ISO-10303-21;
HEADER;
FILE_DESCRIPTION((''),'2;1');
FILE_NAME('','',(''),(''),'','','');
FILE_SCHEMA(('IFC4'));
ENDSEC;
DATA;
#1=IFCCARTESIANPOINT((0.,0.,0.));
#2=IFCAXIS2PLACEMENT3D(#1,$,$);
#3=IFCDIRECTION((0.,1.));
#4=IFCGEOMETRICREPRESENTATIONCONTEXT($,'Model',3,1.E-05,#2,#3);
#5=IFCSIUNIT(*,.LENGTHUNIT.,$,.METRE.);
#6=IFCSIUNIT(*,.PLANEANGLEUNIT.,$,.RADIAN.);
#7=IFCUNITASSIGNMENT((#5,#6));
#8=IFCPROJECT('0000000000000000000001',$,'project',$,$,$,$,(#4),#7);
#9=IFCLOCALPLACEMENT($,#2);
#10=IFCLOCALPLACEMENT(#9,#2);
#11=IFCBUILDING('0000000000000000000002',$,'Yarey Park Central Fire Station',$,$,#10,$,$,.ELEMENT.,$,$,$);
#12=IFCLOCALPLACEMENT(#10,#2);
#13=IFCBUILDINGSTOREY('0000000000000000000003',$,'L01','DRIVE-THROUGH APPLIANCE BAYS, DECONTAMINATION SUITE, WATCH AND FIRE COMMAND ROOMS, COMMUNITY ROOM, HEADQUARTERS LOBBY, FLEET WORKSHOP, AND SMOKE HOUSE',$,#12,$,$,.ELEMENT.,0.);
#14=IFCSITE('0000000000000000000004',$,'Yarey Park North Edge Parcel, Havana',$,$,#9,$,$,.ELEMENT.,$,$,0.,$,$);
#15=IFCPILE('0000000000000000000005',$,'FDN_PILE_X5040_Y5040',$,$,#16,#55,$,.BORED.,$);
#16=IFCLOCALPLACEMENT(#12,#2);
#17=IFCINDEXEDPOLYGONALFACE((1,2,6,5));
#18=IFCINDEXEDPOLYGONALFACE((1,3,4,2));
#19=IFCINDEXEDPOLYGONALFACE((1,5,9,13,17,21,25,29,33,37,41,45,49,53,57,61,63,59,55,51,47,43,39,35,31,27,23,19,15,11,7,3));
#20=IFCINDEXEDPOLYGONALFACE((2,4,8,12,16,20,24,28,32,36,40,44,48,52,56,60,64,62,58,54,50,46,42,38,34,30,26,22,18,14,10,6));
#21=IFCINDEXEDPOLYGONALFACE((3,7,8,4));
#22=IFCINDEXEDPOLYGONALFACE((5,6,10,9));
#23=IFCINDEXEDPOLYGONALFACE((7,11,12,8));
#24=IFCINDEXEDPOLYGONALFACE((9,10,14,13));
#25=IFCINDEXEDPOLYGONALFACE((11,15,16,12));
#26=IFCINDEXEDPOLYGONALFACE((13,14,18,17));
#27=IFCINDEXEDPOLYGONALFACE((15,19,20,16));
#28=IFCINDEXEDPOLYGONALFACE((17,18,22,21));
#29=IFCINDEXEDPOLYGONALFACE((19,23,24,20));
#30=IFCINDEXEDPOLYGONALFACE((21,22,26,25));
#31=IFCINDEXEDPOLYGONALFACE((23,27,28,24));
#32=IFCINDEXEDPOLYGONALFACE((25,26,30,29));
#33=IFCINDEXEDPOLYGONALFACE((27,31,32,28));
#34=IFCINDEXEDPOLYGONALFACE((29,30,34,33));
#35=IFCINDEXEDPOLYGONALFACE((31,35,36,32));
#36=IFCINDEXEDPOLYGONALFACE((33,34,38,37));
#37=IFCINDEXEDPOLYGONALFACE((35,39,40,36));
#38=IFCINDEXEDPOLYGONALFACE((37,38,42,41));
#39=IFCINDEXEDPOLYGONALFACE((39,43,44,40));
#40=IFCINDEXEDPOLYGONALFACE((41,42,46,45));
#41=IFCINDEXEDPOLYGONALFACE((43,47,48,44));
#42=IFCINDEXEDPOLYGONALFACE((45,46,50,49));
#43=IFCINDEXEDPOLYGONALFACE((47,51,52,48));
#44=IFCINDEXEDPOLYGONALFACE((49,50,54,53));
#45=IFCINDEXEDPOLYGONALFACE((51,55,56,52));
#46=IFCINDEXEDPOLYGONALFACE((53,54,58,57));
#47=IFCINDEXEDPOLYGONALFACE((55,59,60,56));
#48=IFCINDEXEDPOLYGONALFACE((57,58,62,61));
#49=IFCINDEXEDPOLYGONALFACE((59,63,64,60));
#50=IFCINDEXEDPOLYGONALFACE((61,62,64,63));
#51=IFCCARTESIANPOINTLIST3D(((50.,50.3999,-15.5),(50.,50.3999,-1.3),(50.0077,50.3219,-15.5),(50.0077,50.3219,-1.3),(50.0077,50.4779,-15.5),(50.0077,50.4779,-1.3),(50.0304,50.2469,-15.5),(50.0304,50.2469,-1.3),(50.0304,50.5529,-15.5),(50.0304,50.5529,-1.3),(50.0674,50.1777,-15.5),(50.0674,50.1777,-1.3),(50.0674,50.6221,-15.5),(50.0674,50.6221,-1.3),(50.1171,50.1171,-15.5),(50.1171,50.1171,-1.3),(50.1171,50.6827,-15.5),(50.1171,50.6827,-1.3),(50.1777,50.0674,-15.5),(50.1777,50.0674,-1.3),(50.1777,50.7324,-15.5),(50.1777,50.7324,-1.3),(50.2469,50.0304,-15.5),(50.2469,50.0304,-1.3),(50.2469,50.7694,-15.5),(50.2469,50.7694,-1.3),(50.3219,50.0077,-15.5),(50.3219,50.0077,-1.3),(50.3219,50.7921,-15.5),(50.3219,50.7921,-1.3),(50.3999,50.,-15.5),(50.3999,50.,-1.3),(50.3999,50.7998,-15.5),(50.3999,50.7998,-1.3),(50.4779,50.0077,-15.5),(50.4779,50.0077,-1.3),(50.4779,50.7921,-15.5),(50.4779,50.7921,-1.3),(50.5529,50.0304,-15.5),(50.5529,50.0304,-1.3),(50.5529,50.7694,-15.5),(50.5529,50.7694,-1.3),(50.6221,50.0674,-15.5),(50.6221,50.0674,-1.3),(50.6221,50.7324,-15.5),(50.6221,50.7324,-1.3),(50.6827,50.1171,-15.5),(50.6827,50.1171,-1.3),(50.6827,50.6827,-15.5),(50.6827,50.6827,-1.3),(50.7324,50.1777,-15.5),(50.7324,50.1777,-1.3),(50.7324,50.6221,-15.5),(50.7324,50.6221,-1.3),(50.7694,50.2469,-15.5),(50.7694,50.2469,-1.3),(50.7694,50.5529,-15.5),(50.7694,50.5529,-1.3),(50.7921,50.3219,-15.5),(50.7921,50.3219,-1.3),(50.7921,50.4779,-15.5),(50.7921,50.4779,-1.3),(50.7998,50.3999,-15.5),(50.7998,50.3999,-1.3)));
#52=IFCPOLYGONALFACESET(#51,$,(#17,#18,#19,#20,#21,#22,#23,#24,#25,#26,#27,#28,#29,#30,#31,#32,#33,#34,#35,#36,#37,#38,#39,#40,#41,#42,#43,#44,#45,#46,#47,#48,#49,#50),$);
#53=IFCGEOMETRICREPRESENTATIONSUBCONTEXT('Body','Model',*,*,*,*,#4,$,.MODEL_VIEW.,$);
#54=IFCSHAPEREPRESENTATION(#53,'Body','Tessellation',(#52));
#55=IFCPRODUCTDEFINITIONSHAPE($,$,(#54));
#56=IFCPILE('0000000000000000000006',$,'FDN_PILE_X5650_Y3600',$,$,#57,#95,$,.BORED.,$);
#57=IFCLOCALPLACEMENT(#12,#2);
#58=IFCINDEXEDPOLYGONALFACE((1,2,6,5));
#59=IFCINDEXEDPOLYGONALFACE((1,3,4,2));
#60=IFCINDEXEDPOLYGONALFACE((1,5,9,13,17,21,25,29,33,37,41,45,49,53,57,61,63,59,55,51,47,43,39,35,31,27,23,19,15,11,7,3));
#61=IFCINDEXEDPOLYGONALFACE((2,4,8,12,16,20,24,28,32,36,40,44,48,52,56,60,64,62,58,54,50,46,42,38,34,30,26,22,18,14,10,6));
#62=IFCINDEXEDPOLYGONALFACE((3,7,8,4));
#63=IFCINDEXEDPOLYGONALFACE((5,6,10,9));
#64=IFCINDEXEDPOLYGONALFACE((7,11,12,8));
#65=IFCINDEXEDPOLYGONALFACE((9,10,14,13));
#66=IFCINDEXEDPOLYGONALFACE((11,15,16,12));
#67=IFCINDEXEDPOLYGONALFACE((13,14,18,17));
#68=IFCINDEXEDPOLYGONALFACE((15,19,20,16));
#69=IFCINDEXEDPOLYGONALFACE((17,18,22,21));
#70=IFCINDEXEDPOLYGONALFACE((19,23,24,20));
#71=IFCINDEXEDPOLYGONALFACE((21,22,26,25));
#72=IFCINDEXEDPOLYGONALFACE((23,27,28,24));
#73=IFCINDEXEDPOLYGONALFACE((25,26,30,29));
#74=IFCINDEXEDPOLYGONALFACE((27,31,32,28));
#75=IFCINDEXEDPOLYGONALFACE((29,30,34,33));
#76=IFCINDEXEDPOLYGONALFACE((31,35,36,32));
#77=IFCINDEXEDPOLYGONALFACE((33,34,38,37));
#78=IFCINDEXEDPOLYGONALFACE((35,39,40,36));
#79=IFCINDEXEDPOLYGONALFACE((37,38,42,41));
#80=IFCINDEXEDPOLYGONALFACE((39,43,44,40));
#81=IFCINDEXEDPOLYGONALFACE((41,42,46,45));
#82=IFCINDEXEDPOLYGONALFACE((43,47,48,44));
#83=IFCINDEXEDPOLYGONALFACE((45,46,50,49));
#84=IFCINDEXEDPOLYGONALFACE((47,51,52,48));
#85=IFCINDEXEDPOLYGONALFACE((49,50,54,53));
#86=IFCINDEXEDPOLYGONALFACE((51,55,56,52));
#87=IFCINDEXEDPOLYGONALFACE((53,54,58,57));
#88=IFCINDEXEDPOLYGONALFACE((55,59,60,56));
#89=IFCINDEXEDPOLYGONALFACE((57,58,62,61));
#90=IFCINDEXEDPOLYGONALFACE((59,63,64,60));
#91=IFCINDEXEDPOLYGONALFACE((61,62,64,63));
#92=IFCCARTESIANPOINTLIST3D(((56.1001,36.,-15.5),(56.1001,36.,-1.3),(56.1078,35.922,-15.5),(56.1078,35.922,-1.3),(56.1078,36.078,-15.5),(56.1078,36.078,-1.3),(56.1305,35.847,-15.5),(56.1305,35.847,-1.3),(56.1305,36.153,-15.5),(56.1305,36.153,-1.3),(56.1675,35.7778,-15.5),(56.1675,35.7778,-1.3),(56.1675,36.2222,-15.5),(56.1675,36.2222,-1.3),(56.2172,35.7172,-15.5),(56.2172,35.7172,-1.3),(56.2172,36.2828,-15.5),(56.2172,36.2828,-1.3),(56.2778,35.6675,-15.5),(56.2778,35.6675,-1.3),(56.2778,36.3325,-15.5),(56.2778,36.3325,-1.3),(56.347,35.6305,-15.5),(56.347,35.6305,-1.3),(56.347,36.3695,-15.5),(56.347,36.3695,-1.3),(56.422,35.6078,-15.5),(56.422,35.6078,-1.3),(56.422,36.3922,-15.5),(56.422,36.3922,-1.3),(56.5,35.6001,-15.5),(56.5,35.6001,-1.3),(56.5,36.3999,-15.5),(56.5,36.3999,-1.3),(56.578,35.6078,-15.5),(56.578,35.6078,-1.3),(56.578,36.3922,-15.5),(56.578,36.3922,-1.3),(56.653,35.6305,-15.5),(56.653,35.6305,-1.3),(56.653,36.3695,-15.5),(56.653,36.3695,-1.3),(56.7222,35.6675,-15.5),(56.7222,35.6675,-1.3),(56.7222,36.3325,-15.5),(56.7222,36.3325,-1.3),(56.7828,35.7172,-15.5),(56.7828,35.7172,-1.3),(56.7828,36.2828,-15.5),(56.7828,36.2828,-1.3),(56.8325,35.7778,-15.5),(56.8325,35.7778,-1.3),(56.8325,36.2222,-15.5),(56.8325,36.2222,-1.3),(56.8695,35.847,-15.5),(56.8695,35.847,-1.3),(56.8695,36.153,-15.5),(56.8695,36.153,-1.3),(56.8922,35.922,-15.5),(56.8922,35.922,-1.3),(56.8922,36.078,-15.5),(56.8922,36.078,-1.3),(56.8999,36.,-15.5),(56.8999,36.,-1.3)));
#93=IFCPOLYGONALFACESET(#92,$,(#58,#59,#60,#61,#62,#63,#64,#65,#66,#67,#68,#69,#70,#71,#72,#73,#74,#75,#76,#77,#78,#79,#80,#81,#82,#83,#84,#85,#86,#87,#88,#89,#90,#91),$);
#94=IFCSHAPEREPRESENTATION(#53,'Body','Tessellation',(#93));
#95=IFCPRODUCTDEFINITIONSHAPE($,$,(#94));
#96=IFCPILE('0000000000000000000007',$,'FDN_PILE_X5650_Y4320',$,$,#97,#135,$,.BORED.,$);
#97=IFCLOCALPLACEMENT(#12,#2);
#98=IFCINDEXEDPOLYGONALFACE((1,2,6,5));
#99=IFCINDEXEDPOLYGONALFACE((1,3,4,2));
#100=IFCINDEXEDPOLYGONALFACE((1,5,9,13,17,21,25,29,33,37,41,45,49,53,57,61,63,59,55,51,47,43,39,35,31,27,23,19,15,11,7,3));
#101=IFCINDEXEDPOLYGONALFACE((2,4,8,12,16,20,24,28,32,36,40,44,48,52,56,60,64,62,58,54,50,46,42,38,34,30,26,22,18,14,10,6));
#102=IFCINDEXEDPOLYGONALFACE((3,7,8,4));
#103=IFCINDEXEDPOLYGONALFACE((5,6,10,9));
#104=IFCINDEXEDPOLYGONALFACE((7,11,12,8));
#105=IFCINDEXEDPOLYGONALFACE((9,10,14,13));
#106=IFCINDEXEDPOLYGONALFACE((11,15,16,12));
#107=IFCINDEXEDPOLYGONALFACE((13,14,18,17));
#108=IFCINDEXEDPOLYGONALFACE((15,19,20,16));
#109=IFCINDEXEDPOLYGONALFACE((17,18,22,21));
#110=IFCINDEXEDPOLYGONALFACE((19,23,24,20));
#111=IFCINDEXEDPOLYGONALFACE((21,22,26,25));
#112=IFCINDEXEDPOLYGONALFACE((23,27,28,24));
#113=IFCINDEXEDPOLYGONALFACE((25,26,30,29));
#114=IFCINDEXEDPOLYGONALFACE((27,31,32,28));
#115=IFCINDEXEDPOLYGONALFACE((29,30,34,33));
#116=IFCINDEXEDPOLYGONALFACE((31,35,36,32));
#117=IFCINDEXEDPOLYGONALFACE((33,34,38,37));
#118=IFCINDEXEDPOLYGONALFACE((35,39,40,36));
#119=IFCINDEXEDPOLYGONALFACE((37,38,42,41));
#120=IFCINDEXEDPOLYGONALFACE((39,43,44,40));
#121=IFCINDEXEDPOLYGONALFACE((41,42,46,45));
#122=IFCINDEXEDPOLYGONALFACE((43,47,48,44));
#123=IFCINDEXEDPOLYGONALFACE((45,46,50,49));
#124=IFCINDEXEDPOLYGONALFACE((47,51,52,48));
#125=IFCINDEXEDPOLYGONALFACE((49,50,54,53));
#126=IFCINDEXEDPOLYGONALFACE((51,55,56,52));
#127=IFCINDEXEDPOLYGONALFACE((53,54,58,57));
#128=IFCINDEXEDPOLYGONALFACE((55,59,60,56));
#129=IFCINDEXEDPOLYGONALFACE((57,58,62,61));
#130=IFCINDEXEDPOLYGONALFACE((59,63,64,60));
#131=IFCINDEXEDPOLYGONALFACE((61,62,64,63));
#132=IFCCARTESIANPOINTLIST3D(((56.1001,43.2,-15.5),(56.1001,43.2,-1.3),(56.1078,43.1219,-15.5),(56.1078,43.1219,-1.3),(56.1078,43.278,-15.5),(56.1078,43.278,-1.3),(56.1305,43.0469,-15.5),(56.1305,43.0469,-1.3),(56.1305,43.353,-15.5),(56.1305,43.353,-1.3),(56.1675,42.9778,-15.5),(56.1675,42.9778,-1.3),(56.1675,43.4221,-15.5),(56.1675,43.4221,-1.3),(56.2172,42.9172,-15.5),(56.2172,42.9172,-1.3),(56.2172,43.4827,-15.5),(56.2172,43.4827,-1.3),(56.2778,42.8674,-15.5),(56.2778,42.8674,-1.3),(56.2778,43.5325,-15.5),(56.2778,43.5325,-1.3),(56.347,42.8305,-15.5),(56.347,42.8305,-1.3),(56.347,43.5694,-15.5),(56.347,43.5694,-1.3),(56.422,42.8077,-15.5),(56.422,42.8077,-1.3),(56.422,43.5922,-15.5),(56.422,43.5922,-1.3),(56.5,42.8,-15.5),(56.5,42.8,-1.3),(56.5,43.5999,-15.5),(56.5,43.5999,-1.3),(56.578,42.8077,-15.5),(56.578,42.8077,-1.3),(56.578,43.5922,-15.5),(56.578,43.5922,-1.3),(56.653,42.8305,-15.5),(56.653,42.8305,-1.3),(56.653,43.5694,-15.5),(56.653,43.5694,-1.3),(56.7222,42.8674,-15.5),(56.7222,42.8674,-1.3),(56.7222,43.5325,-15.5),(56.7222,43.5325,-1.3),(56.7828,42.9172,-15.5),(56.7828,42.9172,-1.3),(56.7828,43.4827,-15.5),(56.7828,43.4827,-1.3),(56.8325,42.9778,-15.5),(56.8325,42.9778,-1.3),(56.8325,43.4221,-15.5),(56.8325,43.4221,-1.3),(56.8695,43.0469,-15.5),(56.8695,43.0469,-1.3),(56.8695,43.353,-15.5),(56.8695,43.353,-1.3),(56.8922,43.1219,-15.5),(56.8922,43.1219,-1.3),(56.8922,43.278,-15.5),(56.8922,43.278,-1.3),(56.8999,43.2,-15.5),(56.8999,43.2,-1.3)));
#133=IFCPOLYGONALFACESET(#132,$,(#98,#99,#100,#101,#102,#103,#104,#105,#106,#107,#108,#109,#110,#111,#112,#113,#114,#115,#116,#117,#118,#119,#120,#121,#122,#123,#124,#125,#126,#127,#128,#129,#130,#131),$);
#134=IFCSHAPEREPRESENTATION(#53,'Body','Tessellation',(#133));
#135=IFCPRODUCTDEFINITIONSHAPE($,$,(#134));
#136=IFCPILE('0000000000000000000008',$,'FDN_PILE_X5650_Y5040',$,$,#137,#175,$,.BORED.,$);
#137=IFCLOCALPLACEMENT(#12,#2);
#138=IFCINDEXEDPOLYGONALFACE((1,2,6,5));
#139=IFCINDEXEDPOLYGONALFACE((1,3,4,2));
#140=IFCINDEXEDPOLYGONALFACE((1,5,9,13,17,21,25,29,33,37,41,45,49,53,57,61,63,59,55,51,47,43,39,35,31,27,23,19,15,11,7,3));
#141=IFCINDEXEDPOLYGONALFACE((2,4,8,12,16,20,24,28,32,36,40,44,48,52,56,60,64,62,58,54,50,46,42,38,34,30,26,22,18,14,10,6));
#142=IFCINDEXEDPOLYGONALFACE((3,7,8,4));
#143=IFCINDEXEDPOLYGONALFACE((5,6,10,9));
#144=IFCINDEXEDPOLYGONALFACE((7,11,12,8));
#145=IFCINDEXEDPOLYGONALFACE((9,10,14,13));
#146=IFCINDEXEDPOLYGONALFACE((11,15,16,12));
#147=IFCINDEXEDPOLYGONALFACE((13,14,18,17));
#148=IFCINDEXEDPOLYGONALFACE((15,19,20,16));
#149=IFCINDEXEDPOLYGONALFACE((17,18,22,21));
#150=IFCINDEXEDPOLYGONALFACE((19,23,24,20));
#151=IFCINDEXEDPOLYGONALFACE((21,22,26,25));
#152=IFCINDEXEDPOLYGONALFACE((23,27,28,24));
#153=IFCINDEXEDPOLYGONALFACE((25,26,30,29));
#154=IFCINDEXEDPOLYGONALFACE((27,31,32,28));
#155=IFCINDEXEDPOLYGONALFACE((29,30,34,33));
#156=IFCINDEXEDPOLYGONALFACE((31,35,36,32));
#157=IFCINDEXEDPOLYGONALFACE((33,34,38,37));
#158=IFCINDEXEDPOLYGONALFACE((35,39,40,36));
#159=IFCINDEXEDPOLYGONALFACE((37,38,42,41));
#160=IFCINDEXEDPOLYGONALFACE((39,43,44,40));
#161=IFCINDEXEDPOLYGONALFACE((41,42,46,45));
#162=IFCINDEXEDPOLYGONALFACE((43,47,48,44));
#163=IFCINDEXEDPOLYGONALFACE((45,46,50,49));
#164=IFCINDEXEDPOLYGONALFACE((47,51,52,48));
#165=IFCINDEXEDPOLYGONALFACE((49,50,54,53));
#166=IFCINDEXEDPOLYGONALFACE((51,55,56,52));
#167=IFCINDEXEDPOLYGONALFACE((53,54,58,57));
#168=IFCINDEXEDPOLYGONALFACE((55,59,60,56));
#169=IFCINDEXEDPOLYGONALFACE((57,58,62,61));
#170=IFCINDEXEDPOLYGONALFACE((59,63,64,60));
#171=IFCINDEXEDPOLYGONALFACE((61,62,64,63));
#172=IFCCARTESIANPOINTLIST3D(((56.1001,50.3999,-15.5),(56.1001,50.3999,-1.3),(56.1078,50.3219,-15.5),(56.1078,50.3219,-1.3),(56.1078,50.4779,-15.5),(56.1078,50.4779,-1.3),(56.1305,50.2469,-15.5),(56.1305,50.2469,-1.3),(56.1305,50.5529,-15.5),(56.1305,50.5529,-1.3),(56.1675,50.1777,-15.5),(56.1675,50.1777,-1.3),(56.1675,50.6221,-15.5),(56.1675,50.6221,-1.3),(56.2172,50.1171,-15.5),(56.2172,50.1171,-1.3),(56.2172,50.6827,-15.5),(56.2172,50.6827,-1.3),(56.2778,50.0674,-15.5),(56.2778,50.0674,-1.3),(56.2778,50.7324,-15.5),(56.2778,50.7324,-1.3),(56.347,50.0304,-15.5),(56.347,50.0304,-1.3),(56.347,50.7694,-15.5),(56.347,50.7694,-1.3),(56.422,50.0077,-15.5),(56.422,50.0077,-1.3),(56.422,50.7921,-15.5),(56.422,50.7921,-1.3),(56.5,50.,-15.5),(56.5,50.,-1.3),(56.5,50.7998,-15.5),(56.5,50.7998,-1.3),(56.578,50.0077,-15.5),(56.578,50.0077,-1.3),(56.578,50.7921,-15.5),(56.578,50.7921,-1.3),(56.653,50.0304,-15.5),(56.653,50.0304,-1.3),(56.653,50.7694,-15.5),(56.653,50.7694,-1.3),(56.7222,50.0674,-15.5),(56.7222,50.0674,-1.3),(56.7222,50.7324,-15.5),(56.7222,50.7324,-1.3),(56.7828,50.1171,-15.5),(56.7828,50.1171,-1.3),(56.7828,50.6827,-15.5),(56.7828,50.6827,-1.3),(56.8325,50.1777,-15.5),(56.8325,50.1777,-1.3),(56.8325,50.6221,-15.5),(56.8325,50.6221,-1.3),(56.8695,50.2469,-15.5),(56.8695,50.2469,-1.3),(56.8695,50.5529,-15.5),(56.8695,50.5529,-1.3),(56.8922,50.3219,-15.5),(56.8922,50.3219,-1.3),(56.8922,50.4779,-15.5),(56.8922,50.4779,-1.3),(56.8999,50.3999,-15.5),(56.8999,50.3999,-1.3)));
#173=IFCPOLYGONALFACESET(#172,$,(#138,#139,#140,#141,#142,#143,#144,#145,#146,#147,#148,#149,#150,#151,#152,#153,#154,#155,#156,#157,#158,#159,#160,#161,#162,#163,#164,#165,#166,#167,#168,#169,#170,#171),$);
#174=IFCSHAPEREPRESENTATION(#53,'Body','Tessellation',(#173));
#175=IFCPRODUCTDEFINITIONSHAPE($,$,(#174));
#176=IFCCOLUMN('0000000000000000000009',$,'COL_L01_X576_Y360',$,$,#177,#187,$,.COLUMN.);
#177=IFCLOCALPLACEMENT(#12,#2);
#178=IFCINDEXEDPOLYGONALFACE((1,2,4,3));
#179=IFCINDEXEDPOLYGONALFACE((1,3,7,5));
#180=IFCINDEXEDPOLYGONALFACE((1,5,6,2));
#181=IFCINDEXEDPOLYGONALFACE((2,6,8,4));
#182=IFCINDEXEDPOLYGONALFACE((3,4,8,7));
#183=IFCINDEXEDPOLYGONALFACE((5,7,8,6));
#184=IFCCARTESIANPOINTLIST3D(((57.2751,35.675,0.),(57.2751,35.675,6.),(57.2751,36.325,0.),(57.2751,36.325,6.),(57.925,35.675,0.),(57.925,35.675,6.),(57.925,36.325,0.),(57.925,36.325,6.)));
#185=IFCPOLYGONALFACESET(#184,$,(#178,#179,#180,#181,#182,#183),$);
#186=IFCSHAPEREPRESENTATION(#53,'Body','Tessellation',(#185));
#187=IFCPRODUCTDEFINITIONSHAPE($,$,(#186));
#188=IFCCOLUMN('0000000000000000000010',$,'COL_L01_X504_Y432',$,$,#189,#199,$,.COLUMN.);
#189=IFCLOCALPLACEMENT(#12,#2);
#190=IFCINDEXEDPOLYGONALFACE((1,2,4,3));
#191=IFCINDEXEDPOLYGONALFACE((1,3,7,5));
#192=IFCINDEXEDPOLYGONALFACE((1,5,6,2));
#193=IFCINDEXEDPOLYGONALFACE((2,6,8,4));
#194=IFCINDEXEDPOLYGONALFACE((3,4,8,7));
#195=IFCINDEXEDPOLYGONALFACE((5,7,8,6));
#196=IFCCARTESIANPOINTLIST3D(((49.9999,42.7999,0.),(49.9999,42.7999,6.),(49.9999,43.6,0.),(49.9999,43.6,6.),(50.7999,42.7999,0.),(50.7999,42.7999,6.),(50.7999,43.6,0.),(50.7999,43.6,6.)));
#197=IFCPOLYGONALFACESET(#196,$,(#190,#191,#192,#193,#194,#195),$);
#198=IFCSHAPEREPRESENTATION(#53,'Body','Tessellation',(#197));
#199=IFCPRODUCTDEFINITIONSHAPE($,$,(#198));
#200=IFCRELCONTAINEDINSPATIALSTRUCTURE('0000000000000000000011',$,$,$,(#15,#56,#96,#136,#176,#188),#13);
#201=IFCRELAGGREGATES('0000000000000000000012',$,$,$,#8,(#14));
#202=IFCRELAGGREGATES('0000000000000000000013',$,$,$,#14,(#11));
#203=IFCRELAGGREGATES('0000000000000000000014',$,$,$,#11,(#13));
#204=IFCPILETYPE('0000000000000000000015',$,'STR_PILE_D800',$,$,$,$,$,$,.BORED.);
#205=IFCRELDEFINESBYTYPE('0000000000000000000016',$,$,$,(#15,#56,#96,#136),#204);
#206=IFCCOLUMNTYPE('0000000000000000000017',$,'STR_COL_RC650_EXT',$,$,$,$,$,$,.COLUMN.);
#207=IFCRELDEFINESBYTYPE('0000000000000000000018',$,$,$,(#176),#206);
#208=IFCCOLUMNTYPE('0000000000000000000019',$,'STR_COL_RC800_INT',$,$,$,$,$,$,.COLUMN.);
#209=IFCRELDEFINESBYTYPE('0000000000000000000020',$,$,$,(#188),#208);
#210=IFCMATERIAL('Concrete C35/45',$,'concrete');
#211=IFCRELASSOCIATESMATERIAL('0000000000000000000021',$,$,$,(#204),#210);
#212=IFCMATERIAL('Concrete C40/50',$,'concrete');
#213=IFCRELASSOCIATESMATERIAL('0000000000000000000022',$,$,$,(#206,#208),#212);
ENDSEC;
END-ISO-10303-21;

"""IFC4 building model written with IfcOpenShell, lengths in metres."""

from ifc_helpers import new_model, si_unit, direction, frame, origin, origin_2d, place, context, subcontext, project, spatial, rectangle, circle, extrude, material, material_profile, profile_set, type_object, element, save


model = new_model("IFC4")

# Units and contexts
model_context = context("Model", 3, precision=1e-05, world=origin(), true_north=direction((0.0, 1.0)))
body_context = subcontext(model_context, "Body", "Model", "MODEL_VIEW")
ifc_project = project(units=[si_unit("LENGTHUNIT", "METRE"), si_unit("PLANEANGLEUNIT", "RADIAN")], contexts=[model_context])

# Site, building, storey
site_placement = place(None, origin())
site = spatial("IfcSite", under=ifc_project, at=site_placement, Name="Yarey Park North Edge Parcel, Havana", CompositionType="ELEMENT", RefElevation=0.0)
building_placement = place(site_placement, origin())
building = spatial("IfcBuilding", under=site, at=building_placement, Name="Yarey Park Central Fire Station", CompositionType="ELEMENT")
storey_placement = place(building_placement, origin())
storey = spatial("IfcBuildingStorey", under=building, at=storey_placement, Name="L01", Description="DRIVE-THROUGH APPLIANCE BAYS, DECONTAMINATION SUITE, WATCH AND FIRE COMMAND ROOMS, COMMUNITY ROOM, HEADQUARTERS LOBBY, FLEET WORKSHOP, AND SMOKE HOUSE", CompositionType="ELEMENT", Elevation=0.0)

# Shared definitions
ifc_material_1 = material(Name="Concrete C35/45", Category="concrete")

# Piles
ifc_material_profile_1 = material_profile(ifc_material_1, circle(Radius=0.3999, at=origin_2d()), Name="BORED PILE D800")
ifc_profile_set_1 = profile_set([ifc_material_profile_1], Name="Concrete C35/45")
pile_type_1 = type_object("IfcPileType", Name="STR_PILE_D800", PredefinedType="BORED", material=ifc_profile_set_1)
for number, where, z_axis, x_axis, name in (
    (1, (50.3999, 50.3999, -1.3), (0.0, 0.0, -1.0), (1.0, 0.0, 0.0), "FDN_PILE_X5040_Y5040"),
    (2, (56.5, 36.0, -1.3), (0.0, 0.0, -1.0), (1.0, 0.0, 0.0), "FDN_PILE_X5650_Y3600"),
    (3, (56.5, 43.2, -1.3), (0.0, 0.0, -1.0), (1.0, 0.0, 0.0), "FDN_PILE_X5650_Y4320"),
    (4, (56.5, 50.3999, -1.3), (0.0, 0.0, -1.0), (1.0, 0.0, 0.0), "FDN_PILE_X5650_Y5040"),
):
    element("IfcPile", number, at=place(storey_placement, frame(where, z_axis=z_axis, x_axis=x_axis)), inside=storey, type_object=pile_type_1, Name=name, PredefinedType="BORED", context=body_context, shape_type="SweptSolid", body=[
        extrude(circle(Radius=0.3999, at=origin_2d()), origin(), (0.0, 0.0, 1.0), 14.2),
    ])

# Columns
ifc_material_2 = material(Name="Concrete C40/50", Category="concrete")
ifc_material_profile_2 = material_profile(ifc_material_2, rectangle(XDim=0.6499, YDim=0.6499, at=origin_2d()), Name="RC 650x650")
ifc_profile_set_2 = profile_set([ifc_material_profile_2], Name="Concrete C40/50")
column_type_1 = type_object("IfcColumnType", Name="STR_COL_RC650_EXT", PredefinedType="COLUMN", material=ifc_profile_set_2)
column_placement = place(storey_placement, frame((57.6001, 36.0, 0.0), z_axis=(0.0, 0.0, 1.0), x_axis=(1.0, 0.0, 0.0)))
element("IfcColumn", 5, at=column_placement, inside=storey, type_object=column_type_1, Name="COL_L01_X576_Y360", PredefinedType="COLUMN", context=body_context, shape_type="SweptSolid", body=[
    extrude(rectangle(XDim=0.6499, YDim=0.6499, at=origin_2d()), origin(), (0.0, 0.0, 1.0), 6.0),
])
ifc_material_profile_3 = material_profile(ifc_material_2, rectangle(XDim=0.8, YDim=0.8, at=origin_2d()), Name="RC 800x800")
ifc_profile_set_3 = profile_set([ifc_material_profile_3], Name="Concrete C40/50")
column_type_2 = type_object("IfcColumnType", Name="STR_COL_RC800_INT", PredefinedType="COLUMN", material=ifc_profile_set_3)
for number, where, z_axis, x_axis, name in (
    (6, (50.3999, 43.2, 0.0), (0.0, 0.0, 1.0), (1.0, 0.0, 0.0), "COL_L01_X504_Y432"),
):
    element("IfcColumn", number, at=place(storey_placement, frame(where, z_axis=z_axis, x_axis=x_axis)), inside=storey, type_object=column_type_2, Name=name, PredefinedType="COLUMN", context=body_context, shape_type="SweptSolid", body=[
        extrude(rectangle(XDim=0.8, YDim=0.8, at=origin_2d()), origin(), (0.0, 0.0, 1.0), 6.0),
    ])

save(model, "model.ifc")
